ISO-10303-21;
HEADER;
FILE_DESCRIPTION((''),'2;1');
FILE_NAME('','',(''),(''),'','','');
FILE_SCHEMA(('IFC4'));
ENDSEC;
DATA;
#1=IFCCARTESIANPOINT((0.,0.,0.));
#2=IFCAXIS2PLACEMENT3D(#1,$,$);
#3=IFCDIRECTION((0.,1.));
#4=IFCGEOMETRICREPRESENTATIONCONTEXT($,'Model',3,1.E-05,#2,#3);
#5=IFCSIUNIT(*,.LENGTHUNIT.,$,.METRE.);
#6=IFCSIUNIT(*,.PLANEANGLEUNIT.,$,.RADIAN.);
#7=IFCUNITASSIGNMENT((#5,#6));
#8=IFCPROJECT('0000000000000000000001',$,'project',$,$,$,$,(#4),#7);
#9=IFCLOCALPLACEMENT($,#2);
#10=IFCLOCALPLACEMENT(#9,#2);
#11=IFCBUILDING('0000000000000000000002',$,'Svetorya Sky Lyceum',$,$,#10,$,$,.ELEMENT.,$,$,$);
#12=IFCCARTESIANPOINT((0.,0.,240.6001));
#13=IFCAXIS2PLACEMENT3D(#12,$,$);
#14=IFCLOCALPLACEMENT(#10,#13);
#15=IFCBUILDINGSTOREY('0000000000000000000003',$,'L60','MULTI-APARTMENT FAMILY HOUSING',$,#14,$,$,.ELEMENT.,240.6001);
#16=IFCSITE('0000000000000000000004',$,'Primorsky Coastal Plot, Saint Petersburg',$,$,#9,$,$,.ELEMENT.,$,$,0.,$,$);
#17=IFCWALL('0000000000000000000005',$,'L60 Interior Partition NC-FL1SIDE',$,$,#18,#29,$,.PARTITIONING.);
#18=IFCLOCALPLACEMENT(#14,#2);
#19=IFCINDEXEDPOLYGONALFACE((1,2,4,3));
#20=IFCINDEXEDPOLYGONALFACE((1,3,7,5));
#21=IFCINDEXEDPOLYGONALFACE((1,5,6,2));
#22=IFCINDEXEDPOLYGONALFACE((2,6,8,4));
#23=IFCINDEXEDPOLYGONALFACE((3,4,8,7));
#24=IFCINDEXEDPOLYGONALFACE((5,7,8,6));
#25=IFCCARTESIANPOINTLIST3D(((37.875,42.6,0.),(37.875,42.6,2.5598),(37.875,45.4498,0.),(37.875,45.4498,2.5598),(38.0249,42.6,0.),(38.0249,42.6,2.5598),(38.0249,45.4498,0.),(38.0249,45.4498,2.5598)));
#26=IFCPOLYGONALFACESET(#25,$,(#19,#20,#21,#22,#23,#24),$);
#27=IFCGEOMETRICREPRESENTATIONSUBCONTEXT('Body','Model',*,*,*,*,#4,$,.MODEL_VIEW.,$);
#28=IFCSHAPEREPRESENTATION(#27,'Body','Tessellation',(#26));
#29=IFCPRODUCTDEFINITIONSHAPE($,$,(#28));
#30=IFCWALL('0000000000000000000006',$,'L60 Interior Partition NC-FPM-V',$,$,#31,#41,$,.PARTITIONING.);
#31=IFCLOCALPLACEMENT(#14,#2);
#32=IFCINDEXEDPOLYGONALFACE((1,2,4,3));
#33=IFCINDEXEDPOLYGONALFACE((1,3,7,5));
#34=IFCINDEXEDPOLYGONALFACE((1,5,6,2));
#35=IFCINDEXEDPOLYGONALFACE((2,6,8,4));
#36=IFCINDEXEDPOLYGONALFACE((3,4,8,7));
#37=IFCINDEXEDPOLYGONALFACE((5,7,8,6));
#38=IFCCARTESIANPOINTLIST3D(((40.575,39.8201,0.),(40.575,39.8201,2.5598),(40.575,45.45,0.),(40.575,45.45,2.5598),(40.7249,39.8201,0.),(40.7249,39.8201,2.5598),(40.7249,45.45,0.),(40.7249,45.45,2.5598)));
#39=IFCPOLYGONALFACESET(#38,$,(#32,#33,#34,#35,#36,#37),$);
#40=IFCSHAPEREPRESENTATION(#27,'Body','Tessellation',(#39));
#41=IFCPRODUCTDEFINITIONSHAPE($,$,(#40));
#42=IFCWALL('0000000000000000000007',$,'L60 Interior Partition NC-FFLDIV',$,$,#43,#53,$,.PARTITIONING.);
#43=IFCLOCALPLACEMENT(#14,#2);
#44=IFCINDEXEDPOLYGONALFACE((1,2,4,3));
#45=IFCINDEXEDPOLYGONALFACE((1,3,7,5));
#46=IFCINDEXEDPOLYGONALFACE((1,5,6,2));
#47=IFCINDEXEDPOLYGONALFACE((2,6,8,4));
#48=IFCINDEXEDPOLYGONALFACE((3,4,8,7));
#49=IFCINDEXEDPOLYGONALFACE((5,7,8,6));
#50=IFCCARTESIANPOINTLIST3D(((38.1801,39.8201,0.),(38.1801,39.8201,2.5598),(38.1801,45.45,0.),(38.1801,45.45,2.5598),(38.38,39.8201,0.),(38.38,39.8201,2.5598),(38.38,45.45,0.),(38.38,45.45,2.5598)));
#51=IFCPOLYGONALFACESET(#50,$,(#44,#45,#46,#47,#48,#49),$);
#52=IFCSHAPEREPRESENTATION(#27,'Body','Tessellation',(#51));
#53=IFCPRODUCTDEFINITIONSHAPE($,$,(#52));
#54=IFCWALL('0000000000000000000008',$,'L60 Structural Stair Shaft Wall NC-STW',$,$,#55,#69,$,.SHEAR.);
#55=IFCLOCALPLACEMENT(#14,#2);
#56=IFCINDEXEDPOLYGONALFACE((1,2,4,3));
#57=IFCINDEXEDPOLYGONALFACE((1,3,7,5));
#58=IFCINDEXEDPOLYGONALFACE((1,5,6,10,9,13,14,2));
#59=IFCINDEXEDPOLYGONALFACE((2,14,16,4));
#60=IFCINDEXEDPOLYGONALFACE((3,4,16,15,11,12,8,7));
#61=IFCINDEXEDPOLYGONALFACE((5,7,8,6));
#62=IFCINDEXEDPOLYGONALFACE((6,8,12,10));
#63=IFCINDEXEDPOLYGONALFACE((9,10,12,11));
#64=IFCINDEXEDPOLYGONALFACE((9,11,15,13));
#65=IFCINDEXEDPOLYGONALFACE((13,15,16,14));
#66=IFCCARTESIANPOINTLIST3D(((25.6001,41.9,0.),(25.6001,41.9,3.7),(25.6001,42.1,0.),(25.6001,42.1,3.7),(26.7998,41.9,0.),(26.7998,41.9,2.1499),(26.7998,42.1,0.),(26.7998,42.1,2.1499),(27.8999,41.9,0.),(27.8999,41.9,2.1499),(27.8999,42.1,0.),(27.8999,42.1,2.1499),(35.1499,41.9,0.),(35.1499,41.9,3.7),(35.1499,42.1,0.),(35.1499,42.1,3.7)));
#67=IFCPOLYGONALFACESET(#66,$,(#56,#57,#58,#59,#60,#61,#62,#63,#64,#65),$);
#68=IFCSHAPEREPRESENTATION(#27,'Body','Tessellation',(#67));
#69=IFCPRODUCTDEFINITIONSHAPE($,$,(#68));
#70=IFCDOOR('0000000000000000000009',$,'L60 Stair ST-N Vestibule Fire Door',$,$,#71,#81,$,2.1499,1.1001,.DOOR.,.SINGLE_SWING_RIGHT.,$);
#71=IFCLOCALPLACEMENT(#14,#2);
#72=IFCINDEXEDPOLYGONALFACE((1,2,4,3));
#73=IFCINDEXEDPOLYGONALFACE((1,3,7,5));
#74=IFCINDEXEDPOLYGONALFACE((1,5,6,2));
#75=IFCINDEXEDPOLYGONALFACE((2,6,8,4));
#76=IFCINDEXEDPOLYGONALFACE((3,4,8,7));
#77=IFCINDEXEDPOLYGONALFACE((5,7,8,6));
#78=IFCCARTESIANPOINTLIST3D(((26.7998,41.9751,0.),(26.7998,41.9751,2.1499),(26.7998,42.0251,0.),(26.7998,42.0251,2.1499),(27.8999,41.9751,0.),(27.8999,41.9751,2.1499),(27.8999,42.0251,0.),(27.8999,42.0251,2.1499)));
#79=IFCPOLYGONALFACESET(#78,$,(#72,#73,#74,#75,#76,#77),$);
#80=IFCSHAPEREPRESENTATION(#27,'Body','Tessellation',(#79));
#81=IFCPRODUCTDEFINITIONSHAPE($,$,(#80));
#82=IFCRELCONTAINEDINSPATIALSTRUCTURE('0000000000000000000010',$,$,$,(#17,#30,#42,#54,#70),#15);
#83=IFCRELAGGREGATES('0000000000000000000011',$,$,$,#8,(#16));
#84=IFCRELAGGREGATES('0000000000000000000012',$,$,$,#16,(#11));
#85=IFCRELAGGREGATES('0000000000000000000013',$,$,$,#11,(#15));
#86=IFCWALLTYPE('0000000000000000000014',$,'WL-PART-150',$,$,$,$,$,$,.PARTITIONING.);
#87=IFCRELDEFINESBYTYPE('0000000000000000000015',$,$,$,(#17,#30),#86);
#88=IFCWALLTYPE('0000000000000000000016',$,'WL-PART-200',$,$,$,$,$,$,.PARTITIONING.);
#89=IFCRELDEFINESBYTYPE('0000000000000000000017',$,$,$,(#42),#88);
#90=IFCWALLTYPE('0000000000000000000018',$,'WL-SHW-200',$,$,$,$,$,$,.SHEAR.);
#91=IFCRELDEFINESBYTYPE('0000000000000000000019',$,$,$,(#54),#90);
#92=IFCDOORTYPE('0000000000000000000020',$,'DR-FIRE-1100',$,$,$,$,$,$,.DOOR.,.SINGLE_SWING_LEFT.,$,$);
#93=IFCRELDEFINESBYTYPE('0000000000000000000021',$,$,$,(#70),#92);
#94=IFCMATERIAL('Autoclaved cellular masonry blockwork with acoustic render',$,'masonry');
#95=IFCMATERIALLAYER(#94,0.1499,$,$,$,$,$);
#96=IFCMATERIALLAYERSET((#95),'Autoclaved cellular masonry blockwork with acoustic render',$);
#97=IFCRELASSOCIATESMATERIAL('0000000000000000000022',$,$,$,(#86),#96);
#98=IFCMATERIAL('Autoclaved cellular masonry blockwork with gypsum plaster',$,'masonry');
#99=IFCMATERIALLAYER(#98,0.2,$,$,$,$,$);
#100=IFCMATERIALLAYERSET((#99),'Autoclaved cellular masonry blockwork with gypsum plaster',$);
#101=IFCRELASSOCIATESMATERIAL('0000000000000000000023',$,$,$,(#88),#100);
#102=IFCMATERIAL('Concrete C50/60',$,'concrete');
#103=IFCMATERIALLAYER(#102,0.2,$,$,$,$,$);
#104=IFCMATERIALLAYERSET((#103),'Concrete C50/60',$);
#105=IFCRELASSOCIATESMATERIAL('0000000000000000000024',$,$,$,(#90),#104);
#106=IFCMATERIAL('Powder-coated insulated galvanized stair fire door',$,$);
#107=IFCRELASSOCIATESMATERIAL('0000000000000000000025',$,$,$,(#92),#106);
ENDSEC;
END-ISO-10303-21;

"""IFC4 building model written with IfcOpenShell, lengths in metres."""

from ifc_helpers import new_model, si_unit, direction, frame, frame_2d, origin, place, context, subcontext, project, spatial, rectangle, extrude, material, layer, layer_set, type_object, element, fill, save


model = new_model("IFC4")

# Units and contexts
model_context = context("Model", 3, precision=1e-05, world=origin(), true_north=direction((0.0, 1.0)))
body_context = subcontext(model_context, "Body", "Model", "MODEL_VIEW")
ifc_project = project(units=[si_unit("LENGTHUNIT", "METRE"), si_unit("PLANEANGLEUNIT", "RADIAN")], contexts=[model_context])

# Site, building, storey
site_placement = place(None, origin())
site = spatial("IfcSite", under=ifc_project, at=site_placement, Name="Primorsky Coastal Plot, Saint Petersburg", CompositionType="ELEMENT", RefElevation=0.0)
building_placement = place(site_placement, origin())
building = spatial("IfcBuilding", under=site, at=building_placement, Name="Svetorya Sky Lyceum", CompositionType="ELEMENT")
storey_placement = place(building_placement, frame((0.0, 0.0, 240.6001)))
storey = spatial("IfcBuildingStorey", under=building, at=storey_placement, Name="L60", Description="MULTI-APARTMENT FAMILY HOUSING", CompositionType="ELEMENT", Elevation=240.6001)

# Shared definitions
ifc_material_1 = material(Name="Concrete C50/60", Category="concrete")

# Shared definitions
ifc_material_2 = material(Name="Autoclaved cellular masonry blockwork with acoustic render", Category="masonry")
ifc_layer_1 = layer(ifc_material_2, 0.1499)
ifc_layer_set_1 = layer_set([ifc_layer_1], Name="Autoclaved cellular masonry blockwork with acoustic render")
wall_type_1 = type_object("IfcWallType", Name="WL-PART-150", PredefinedType="PARTITIONING", material=ifc_layer_set_1)

# Walls
wall_1_placement = place(storey_placement, frame((37.95, 42.6001, 0.0), z_axis=(0.0, 0.0, 1.0), x_axis=(0.0, 1.0, 0.0)))
element("IfcWall", 1, at=wall_1_placement, inside=storey, type_object=wall_type_1, Name="L60 Interior Partition NC-FL1SIDE", PredefinedType="PARTITIONING", context=body_context, shape_type="SweptSolid", body=[
    extrude(rectangle(XDim=2.8499, YDim=0.1499, at=frame_2d((1.4248, 0.0))), origin(), (0.0, 0.0, 1.0), 2.5598),
])
wall_2_placement = place(storey_placement, frame((40.6499, 39.8201, 0.0), z_axis=(0.0, 0.0, 1.0), x_axis=(0.0, 1.0, 0.0)))
element("IfcWall", 2, at=wall_2_placement, inside=storey, type_object=wall_type_1, Name="L60 Interior Partition NC-FPM-V", PredefinedType="PARTITIONING", context=body_context, shape_type="SweptSolid", body=[
    extrude(rectangle(XDim=5.6299, YDim=0.1499, at=frame_2d((2.8149, 0.0))), origin(), (0.0, 0.0, 1.0), 2.5598),
])

# Shared definitions
ifc_material_3 = material(Name="Autoclaved cellular masonry blockwork with gypsum plaster", Category="masonry")
ifc_layer_2 = layer(ifc_material_3, 0.2)
ifc_layer_set_2 = layer_set([ifc_layer_2], Name="Autoclaved cellular masonry blockwork with gypsum plaster")
wall_type_2 = type_object("IfcWallType", Name="WL-PART-200", PredefinedType="PARTITIONING", material=ifc_layer_set_2)

# Wall
wall_3_placement = place(storey_placement, frame((38.28, 39.8201, 0.0), z_axis=(0.0, 0.0, 1.0), x_axis=(0.0, 1.0, 0.0)))
element("IfcWall", 3, at=wall_3_placement, inside=storey, type_object=wall_type_2, Name="L60 Interior Partition NC-FFLDIV", PredefinedType="PARTITIONING", context=body_context, shape_type="SweptSolid", body=[
    extrude(rectangle(XDim=5.6299, YDim=0.2, at=frame_2d((2.8149, 0.0))), origin(), (0.0, 0.0, 1.0), 2.5598),
])

# Wall, opening, door
ifc_layer_3 = layer(ifc_material_1, 0.2)
ifc_layer_set_3 = layer_set([ifc_layer_3], Name="Concrete C50/60")
wall_type_3 = type_object("IfcWallType", Name="WL-SHW-200", PredefinedType="SHEAR", material=ifc_layer_set_3)
wall_4_placement = place(storey_placement, frame((35.1499, 42.0, 0.0), z_axis=(0.0, 0.0, 1.0), x_axis=(-1.0, 0.0, 0.0)))
wall_4 = element("IfcWall", 4, at=wall_4_placement, inside=storey, type_object=wall_type_3, Name="L60 Structural Stair Shaft Wall NC-STW", PredefinedType="SHEAR", context=body_context, shape_type="SweptSolid", body=[
    extrude(rectangle(XDim=9.5498, YDim=0.2, at=frame_2d((4.7749, 0.0))), origin(), (0.0, 0.0, 1.0), 3.7),
])
opening_1_placement = place(wall_4_placement, frame((7.25, 0.0, 0.0)))
opening_1 = element("IfcOpeningElement", 5, at=opening_1_placement, cuts=wall_4, PredefinedType="OPENING", context=body_context, shape_type="SweptSolid", body=[
    extrude(rectangle(XDim=1.1001, YDim=2.1499, at=frame_2d((0.55, 1.075))), frame((0.0, 0.1099, 0.0), z_axis=(0.0, -1.0, 0.0), x_axis=(1.0, 0.0, 0.0)), (0.0, 0.0, 1.0), 0.22),
])
ifc_material_4 = material(Name="Powder-coated insulated galvanized stair fire door")
door_type_1 = type_object("IfcDoorType", Name="DR-FIRE-1100", OperationType="SINGLE_SWING_LEFT", PredefinedType="DOOR", material=ifc_material_4)
door_1_placement = place(opening_1_placement, origin())
door_1 = element("IfcDoor", 6, at=door_1_placement, inside=storey, type_object=door_type_1, Name="L60 Stair ST-N Vestibule Fire Door", OperationType="SINGLE_SWING_RIGHT", OverallHeight=2.1499, OverallWidth=1.1001, PredefinedType="DOOR", context=body_context, shape_type="SweptSolid", body=[
    extrude(rectangle(XDim=1.1001, YDim=2.1499, at=frame_2d((0.55, 1.075))), frame((0.0, 0.0249, 0.0), z_axis=(0.0, -1.0, 0.0), x_axis=(1.0, 0.0, 0.0)), (0.0, 0.0, 1.0), 0.05),
])
fill(opening_1, door_1)

save(model, "model.ifc")
